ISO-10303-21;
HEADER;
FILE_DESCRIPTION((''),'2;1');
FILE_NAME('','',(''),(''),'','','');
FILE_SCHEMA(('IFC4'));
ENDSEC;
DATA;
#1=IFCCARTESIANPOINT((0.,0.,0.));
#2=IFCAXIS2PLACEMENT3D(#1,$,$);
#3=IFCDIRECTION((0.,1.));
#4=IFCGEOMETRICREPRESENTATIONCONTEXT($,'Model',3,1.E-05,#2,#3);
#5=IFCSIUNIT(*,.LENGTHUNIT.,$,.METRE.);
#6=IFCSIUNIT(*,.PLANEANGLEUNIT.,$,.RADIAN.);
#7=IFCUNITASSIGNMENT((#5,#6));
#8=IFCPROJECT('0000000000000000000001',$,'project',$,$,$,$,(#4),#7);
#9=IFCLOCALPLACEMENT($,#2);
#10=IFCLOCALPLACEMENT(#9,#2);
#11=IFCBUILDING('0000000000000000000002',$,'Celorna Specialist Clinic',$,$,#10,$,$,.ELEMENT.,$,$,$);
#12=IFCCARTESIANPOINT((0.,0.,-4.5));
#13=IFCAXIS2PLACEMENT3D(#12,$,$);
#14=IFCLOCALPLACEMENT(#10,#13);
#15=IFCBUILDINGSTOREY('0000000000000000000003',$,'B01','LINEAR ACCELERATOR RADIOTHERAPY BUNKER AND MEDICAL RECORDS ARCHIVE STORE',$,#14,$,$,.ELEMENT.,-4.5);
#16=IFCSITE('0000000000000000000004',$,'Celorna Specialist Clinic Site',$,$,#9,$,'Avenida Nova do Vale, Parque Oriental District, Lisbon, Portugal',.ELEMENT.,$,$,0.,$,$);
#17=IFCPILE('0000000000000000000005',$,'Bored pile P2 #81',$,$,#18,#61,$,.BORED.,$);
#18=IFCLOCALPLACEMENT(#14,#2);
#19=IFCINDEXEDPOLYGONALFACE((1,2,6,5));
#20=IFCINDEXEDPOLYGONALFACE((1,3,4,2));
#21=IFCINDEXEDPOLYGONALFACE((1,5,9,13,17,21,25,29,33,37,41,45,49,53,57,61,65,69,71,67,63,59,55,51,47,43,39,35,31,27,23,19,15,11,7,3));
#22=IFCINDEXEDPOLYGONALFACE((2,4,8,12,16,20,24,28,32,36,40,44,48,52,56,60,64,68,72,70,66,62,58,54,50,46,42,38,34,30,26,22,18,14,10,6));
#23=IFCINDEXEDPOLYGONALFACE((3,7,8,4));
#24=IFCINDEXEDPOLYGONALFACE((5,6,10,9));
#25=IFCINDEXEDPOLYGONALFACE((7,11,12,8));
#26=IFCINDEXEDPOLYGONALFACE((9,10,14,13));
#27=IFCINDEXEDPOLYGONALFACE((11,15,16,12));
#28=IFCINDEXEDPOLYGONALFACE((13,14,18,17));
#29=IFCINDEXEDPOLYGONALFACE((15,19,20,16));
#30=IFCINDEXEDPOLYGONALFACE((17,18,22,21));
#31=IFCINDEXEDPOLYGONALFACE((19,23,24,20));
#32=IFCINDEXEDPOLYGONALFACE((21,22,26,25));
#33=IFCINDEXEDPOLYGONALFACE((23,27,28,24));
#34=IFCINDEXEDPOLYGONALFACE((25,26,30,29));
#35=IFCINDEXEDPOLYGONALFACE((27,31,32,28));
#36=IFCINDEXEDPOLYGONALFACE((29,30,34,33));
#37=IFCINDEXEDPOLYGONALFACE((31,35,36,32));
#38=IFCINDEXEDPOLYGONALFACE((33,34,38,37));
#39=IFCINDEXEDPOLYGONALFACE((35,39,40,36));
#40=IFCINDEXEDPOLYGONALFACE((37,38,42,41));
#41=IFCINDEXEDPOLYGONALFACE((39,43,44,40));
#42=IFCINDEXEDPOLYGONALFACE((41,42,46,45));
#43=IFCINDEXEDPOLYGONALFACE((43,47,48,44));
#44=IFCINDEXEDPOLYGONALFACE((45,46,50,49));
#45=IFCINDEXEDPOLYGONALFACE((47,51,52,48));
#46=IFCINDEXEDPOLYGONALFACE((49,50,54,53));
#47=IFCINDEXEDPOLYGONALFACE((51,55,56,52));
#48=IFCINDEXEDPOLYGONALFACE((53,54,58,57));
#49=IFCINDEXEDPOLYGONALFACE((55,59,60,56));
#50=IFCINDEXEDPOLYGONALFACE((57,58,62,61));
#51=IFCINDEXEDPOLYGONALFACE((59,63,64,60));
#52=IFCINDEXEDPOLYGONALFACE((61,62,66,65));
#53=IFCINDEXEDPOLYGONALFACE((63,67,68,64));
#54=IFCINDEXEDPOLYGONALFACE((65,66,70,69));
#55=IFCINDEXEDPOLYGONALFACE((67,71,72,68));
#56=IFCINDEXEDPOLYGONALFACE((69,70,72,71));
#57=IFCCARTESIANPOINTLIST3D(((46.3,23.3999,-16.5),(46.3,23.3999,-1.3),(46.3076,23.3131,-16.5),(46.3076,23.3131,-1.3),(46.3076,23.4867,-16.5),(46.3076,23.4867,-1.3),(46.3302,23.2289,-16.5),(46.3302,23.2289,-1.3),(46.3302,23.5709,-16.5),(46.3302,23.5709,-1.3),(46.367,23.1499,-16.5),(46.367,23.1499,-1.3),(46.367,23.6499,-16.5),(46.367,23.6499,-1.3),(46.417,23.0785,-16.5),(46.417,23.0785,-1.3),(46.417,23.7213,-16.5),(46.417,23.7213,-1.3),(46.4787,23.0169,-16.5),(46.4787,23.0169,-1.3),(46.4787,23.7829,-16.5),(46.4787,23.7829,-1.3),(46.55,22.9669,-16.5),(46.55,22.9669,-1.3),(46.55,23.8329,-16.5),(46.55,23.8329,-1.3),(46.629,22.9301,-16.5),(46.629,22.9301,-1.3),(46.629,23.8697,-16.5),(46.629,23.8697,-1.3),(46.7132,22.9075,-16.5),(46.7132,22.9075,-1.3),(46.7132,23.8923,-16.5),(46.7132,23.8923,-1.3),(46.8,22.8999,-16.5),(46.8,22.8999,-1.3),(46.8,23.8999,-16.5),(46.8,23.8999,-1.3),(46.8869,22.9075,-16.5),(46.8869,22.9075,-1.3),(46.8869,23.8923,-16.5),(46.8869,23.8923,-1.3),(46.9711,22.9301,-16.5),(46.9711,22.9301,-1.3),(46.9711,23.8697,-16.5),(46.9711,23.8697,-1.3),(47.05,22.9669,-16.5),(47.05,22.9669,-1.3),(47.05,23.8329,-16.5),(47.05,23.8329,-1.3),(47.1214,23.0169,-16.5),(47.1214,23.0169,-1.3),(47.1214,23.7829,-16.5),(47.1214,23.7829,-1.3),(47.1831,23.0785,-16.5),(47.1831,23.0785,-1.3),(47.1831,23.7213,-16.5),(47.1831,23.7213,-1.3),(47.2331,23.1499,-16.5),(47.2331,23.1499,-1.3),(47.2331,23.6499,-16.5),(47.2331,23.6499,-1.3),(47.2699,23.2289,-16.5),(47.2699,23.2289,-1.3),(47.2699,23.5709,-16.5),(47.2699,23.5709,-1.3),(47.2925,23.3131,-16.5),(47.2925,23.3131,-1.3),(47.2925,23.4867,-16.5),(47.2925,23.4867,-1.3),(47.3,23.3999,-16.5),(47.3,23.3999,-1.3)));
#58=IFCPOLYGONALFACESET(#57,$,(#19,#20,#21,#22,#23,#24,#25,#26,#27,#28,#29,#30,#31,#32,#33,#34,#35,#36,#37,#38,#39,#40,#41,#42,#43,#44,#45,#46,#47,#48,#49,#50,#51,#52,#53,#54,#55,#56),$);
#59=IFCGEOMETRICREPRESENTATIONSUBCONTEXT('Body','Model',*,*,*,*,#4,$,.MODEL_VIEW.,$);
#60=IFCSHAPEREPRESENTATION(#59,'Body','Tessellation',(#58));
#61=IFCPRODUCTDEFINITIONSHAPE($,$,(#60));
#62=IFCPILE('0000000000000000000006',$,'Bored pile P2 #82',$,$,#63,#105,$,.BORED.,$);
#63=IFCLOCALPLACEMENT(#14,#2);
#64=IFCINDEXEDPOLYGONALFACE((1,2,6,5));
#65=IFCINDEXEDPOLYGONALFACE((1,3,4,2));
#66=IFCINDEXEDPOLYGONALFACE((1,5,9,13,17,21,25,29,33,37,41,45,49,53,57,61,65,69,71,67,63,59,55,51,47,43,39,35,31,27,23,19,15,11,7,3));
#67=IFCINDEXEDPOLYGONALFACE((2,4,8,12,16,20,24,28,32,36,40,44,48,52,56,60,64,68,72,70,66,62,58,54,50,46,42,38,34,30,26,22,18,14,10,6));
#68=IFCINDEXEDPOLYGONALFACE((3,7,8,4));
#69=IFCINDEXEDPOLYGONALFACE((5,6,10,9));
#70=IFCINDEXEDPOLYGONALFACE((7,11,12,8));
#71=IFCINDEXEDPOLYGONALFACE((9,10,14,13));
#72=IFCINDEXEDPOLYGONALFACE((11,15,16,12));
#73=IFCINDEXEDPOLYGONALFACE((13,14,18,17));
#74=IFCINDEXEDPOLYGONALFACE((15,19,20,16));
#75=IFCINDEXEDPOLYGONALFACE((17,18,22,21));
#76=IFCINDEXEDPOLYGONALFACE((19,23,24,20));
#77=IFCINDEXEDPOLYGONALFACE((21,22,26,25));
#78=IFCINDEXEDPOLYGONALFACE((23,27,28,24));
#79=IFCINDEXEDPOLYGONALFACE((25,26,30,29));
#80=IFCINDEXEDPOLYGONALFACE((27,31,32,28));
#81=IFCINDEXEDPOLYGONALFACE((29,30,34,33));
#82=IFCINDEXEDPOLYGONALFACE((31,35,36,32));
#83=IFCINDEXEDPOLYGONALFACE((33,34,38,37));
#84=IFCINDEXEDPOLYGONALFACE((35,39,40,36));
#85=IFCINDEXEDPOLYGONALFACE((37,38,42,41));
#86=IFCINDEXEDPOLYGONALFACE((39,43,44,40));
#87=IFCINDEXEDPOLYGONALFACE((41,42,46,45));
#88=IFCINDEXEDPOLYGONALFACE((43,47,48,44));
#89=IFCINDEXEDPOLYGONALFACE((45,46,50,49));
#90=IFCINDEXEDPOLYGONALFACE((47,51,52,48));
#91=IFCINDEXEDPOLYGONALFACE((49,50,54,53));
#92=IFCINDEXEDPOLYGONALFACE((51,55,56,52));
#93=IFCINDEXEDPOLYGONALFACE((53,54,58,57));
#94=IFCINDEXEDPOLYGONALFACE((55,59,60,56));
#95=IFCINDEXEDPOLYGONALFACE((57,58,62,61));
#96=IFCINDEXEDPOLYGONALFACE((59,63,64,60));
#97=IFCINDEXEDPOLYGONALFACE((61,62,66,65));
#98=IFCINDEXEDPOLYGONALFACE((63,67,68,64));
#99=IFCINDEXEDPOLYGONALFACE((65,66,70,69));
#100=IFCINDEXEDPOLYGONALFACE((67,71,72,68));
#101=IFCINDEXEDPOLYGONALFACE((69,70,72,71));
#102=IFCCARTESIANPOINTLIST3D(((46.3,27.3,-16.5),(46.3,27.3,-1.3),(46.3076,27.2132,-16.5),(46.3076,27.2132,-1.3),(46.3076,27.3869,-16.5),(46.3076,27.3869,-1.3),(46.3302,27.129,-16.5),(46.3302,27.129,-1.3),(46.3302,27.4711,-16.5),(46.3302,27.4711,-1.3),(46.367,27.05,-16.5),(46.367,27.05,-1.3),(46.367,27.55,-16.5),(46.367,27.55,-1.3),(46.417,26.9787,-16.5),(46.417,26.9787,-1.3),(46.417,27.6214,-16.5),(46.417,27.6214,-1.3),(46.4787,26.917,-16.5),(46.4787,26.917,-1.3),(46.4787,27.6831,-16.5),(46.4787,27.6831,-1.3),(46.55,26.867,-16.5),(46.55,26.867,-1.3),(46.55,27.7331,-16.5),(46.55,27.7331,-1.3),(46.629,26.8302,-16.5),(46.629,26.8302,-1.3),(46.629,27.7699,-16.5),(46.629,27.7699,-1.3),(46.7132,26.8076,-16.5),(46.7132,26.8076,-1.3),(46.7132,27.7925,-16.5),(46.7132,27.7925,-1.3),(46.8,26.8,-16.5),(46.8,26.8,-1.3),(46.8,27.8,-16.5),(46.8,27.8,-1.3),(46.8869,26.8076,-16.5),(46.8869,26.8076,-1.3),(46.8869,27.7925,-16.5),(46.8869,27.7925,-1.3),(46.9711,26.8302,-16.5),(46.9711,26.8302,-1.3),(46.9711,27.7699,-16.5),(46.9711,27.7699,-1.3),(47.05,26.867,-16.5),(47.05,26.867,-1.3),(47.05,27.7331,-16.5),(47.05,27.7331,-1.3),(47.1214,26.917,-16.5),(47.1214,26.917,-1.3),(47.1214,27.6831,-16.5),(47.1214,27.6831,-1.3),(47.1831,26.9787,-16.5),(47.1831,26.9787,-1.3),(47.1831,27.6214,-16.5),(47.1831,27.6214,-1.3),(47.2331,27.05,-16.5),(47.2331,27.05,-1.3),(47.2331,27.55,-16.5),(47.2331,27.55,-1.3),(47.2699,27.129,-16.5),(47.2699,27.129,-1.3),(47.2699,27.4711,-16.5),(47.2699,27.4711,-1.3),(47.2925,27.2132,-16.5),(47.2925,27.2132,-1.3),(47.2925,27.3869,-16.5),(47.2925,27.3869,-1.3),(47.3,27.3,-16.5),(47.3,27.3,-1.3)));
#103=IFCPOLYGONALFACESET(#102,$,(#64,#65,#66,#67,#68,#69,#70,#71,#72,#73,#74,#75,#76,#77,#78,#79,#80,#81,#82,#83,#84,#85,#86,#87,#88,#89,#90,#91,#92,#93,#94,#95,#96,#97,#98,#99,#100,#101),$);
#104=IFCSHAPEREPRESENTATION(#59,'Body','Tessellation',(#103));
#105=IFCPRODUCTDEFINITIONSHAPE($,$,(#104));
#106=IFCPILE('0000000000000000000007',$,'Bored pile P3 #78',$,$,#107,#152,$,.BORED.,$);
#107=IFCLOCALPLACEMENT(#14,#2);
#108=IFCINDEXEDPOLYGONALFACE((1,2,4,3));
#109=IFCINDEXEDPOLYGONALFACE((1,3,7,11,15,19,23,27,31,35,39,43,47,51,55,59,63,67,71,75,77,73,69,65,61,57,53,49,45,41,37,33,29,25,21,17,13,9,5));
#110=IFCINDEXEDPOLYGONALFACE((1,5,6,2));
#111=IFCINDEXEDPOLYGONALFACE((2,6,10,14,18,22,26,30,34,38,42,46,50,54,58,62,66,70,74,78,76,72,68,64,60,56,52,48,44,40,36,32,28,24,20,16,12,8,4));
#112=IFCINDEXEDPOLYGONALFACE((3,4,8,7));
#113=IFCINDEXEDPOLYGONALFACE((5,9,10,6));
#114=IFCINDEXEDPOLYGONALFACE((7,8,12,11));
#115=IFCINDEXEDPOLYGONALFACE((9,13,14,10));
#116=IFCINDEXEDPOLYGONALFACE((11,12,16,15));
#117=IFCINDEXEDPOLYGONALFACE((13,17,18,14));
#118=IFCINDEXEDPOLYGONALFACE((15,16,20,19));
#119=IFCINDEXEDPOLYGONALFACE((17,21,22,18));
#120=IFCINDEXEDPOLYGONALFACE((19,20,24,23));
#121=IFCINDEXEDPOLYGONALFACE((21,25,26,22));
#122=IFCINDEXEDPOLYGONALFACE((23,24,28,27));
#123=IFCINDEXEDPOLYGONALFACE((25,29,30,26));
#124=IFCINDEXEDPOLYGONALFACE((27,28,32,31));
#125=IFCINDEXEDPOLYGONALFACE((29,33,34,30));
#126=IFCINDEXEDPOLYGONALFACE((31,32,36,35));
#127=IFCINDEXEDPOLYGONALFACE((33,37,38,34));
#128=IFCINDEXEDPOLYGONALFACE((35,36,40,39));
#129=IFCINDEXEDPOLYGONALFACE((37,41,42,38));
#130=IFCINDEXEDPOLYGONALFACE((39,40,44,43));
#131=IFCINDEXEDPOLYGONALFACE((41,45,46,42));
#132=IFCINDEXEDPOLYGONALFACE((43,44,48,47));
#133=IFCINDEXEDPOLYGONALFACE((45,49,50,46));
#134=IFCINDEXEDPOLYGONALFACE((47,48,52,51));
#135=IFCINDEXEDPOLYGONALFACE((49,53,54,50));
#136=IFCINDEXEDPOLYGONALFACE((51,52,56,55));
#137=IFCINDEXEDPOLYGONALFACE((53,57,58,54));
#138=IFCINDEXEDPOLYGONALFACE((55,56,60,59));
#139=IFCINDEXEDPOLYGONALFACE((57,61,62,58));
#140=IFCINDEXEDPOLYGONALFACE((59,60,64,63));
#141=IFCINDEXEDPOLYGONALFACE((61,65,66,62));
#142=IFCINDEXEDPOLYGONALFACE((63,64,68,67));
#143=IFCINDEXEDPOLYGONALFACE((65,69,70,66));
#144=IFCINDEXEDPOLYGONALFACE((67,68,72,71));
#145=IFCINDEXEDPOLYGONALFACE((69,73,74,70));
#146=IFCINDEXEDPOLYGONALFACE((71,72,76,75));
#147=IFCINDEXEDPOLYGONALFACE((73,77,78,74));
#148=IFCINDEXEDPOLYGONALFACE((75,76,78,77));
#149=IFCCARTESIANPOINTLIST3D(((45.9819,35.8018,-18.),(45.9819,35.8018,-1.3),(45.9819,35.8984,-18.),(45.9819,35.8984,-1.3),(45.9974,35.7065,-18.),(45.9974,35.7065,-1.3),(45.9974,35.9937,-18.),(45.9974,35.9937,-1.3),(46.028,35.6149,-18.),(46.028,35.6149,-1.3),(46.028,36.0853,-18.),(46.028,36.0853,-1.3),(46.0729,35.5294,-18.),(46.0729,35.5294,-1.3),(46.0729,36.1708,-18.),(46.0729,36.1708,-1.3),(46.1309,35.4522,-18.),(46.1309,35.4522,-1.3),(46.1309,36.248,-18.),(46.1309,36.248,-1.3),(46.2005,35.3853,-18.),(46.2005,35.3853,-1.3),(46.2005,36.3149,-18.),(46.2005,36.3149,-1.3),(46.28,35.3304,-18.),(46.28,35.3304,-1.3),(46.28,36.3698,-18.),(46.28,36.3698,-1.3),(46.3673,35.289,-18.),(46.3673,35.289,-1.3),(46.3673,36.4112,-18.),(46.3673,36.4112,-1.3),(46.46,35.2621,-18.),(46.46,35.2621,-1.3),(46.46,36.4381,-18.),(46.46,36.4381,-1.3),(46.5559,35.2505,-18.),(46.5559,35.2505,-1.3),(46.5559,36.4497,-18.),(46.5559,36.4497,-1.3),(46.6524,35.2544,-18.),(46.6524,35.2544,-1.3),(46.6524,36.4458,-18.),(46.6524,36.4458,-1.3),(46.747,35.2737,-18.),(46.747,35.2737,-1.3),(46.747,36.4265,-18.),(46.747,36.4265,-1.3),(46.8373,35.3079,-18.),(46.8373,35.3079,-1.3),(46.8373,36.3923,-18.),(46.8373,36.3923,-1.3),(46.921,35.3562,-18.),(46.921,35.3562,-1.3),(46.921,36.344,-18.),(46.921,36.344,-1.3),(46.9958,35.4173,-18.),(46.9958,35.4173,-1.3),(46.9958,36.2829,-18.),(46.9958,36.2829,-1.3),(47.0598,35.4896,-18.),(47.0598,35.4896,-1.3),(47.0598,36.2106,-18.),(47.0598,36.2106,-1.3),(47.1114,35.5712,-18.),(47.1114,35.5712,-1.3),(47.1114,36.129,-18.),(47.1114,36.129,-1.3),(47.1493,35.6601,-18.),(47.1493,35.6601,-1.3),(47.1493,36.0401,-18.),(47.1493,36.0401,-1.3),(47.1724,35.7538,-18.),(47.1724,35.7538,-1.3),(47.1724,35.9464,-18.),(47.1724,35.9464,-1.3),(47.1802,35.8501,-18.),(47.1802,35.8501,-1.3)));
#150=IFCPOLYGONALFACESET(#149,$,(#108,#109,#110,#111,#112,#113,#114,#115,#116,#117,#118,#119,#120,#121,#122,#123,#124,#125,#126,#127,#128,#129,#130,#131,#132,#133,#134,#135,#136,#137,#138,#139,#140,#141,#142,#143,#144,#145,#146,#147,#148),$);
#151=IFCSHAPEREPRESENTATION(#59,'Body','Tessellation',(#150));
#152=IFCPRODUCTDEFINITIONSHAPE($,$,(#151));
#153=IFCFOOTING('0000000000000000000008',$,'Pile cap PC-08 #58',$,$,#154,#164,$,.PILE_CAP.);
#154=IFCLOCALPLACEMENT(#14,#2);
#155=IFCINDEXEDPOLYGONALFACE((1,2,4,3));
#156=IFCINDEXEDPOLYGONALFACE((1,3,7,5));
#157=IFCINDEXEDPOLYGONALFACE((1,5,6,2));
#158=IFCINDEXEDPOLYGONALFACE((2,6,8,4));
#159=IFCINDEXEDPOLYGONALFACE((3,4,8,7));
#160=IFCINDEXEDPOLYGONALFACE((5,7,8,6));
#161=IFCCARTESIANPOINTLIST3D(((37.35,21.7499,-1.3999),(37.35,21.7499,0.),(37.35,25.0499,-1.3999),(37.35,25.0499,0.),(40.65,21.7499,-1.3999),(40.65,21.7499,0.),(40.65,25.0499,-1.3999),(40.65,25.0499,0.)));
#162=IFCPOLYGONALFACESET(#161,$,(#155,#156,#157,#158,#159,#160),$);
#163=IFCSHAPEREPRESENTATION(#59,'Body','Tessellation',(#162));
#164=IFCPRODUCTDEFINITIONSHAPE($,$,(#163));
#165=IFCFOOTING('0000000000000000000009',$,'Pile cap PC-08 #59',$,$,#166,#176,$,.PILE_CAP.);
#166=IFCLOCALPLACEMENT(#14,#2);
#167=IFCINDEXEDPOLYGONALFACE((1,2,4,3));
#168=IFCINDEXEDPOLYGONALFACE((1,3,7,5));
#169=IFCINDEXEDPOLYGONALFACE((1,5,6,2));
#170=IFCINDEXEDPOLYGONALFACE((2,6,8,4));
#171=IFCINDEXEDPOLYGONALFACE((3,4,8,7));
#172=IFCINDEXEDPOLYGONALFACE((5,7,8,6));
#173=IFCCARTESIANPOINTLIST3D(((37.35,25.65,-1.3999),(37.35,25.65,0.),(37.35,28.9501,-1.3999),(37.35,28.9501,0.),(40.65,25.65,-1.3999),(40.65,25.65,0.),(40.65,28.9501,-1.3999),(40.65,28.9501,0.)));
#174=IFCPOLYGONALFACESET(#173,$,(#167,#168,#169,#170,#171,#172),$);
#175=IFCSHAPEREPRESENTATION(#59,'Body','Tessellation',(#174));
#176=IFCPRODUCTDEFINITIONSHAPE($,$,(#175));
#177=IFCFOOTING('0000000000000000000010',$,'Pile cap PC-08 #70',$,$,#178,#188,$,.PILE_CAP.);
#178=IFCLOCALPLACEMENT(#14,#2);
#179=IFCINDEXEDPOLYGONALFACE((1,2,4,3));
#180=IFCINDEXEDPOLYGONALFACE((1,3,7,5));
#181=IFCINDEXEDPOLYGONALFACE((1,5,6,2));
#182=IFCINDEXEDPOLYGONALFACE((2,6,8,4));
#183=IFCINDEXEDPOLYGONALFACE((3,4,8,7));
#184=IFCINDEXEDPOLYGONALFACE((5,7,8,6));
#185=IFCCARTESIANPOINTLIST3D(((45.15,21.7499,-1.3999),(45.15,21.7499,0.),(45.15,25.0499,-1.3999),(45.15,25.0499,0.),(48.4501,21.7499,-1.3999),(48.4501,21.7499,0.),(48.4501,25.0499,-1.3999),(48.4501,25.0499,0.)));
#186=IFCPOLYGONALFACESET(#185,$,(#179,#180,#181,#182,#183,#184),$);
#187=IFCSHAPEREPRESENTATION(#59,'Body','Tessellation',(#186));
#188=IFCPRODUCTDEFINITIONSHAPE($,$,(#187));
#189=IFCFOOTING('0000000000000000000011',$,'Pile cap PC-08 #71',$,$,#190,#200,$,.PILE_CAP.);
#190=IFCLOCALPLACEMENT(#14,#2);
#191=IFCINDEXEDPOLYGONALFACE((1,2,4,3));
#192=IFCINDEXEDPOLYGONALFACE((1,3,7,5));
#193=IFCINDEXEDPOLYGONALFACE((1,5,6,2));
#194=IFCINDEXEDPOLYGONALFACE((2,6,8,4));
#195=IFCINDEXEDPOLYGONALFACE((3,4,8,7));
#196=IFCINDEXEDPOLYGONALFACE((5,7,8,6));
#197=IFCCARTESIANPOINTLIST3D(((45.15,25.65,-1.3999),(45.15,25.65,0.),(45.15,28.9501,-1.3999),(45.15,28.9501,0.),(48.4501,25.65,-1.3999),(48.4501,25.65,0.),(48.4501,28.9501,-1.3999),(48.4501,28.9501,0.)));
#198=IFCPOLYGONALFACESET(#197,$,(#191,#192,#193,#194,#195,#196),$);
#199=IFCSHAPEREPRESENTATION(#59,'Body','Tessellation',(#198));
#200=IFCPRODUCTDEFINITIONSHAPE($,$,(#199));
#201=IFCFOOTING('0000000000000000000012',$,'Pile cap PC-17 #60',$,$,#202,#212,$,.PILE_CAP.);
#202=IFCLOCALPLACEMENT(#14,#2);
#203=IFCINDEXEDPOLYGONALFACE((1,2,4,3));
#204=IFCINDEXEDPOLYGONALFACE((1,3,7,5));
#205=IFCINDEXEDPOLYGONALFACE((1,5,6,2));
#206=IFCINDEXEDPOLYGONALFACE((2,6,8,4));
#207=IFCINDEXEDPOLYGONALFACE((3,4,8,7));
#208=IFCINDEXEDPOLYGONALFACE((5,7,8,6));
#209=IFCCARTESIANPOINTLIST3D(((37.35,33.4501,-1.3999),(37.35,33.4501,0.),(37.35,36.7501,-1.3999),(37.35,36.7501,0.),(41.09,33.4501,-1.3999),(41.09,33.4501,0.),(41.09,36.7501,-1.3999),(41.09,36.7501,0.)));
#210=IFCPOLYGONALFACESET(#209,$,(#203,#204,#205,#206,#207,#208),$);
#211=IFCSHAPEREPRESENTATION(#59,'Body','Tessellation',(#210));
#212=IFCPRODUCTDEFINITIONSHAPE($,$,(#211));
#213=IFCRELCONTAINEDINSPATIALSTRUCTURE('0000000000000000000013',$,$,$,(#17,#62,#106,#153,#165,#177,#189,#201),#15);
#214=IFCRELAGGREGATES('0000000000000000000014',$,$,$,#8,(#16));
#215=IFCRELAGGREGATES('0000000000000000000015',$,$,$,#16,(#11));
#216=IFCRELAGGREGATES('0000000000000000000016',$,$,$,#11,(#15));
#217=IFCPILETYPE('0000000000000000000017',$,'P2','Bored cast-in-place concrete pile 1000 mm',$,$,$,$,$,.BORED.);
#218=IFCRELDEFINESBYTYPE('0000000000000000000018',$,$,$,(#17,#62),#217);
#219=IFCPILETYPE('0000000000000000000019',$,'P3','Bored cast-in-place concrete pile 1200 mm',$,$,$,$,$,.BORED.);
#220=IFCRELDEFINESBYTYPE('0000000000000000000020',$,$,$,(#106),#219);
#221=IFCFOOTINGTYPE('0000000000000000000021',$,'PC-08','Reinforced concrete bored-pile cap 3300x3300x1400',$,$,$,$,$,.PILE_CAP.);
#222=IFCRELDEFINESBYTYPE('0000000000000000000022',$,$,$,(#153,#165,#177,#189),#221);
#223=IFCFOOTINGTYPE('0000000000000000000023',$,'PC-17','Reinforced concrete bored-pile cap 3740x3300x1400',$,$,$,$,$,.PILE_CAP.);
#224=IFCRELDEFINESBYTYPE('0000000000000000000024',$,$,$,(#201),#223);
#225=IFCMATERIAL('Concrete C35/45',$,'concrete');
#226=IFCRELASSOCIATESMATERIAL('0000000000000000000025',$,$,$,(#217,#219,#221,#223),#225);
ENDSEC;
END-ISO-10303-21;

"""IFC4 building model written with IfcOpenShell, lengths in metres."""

from ifc_helpers import new_model, si_unit, direction, frame, origin, origin_2d, place, context, subcontext, project, spatial, rectangle, circle, extrude, material, material_profile, profile_set, type_object, element, save


model = new_model("IFC4")

# Units and contexts
model_context = context("Model", 3, precision=1e-05, world=origin(), true_north=direction((0.0, 1.0)))
body_context = subcontext(model_context, "Body", "Model", "MODEL_VIEW")
ifc_project = project(units=[si_unit("LENGTHUNIT", "METRE"), si_unit("PLANEANGLEUNIT", "RADIAN")], contexts=[model_context])

# Site, building, storey
site_placement = place(None, origin())
site = spatial("IfcSite", under=ifc_project, at=site_placement, Name="Celorna Specialist Clinic Site", LongName="Avenida Nova do Vale, Parque Oriental District, Lisbon, Portugal", CompositionType="ELEMENT", RefElevation=0.0)
building_placement = place(site_placement, origin())
building = spatial("IfcBuilding", under=site, at=building_placement, Name="Celorna Specialist Clinic", CompositionType="ELEMENT")
storey_placement = place(building_placement, frame((0.0, 0.0, -4.5)))
storey = spatial("IfcBuildingStorey", under=building, at=storey_placement, Name="B01", Description="LINEAR ACCELERATOR RADIOTHERAPY BUNKER AND MEDICAL RECORDS ARCHIVE STORE", CompositionType="ELEMENT", Elevation=-4.5)

# Shared definitions
ifc_material_1 = material(Name="Concrete C35/45", Category="concrete")

# Piles
ifc_material_profile_1 = material_profile(ifc_material_1, circle(Radius=0.5, at=origin_2d()), Name="BORED PILE 1000")
ifc_profile_set_1 = profile_set([ifc_material_profile_1], Name="Concrete C35/45")
pile_type_1 = type_object("IfcPileType", Name="P2", Description="Bored cast-in-place concrete pile 1000 mm", PredefinedType="BORED", material=ifc_profile_set_1)
for number, where, z_axis, x_axis, name in (
    (1, (46.8, 23.3999, -1.3), (0.0, 0.0, -1.0), (1.0, 0.0, 0.0), "Bored pile P2 #81"),
    (2, (46.8, 27.3, -1.3), (0.0, 0.0, -1.0), (1.0, 0.0, 0.0), "Bored pile P2 #82"),
):
    element("IfcPile", number, at=place(storey_placement, frame(where, z_axis=z_axis, x_axis=x_axis)), inside=storey, type_object=pile_type_1, Name=name, PredefinedType="BORED", context=body_context, shape_type="SweptSolid", body=[
        extrude(circle(Radius=0.5, at=origin_2d()), origin(), (0.0, 0.0, 1.0), 15.2),
    ])
ifc_material_profile_2 = material_profile(ifc_material_1, circle(Radius=0.6001, at=origin_2d()), Name="BORED PILE 1200")
ifc_profile_set_2 = profile_set([ifc_material_profile_2], Name="Concrete C35/45")
pile_type_2 = type_object("IfcPileType", Name="P3", Description="Bored cast-in-place concrete pile 1200 mm", PredefinedType="BORED", material=ifc_profile_set_2)
pile_placement = place(storey_placement, frame((46.5801, 35.8501, -1.3), z_axis=(0.0, 0.0, -1.0), x_axis=(1.0, 0.0, 0.0)))
element("IfcPile", 3, at=pile_placement, inside=storey, type_object=pile_type_2, Name="Bored pile P3 #78", PredefinedType="BORED", context=body_context, shape_type="SweptSolid", body=[
    extrude(circle(Radius=0.6001, at=origin_2d()), origin(), (0.0, 0.0, 1.0), 16.7),
])

# Footings
footing_type_1 = type_object("IfcFootingType", Name="PC-08", Description="Reinforced concrete bored-pile cap 3300x3300x1400", PredefinedType="PILE_CAP", material=ifc_material_1)
for number, where, z_axis, x_axis, name in (
    (4, (39.0, 23.3999, -1.3999), (0.0, 0.0, 1.0), (1.0, 0.0, 0.0), "Pile cap PC-08 #58"),
    (5, (39.0, 27.3, -1.3999), (0.0, 0.0, 1.0), (1.0, 0.0, 0.0), "Pile cap PC-08 #59"),
    (6, (46.8, 23.3999, -1.3999), (0.0, 0.0, 1.0), (1.0, 0.0, 0.0), "Pile cap PC-08 #70"),
    (7, (46.8, 27.3, -1.3999), (0.0, 0.0, 1.0), (1.0, 0.0, 0.0), "Pile cap PC-08 #71"),
):
    element("IfcFooting", number, at=place(storey_placement, frame(where, z_axis=z_axis, x_axis=x_axis)), inside=storey, type_object=footing_type_1, Name=name, PredefinedType="PILE_CAP", context=body_context, shape_type="SweptSolid", body=[
        extrude(rectangle(XDim=3.3, YDim=3.3, at=origin_2d()), origin(), (0.0, 0.0, 1.0), 1.3999),
    ])
footing_type_2 = type_object("IfcFootingType", Name="PC-17", Description="Reinforced concrete bored-pile cap 3740x3300x1400", PredefinedType="PILE_CAP", material=ifc_material_1)
footing_1_placement = place(storey_placement, frame((39.22, 35.1001, -1.3999), z_axis=(0.0, 0.0, 1.0), x_axis=(1.0, 0.0, 0.0)))
element("IfcFooting", 8, at=footing_1_placement, inside=storey, type_object=footing_type_2, Name="Pile cap PC-17 #60", PredefinedType="PILE_CAP", context=body_context, shape_type="SweptSolid", body=[
    extrude(rectangle(XDim=3.74, YDim=3.3, at=origin_2d()), origin(), (0.0, 0.0, 1.0), 1.3999),
])

save(model, "model.ifc")
